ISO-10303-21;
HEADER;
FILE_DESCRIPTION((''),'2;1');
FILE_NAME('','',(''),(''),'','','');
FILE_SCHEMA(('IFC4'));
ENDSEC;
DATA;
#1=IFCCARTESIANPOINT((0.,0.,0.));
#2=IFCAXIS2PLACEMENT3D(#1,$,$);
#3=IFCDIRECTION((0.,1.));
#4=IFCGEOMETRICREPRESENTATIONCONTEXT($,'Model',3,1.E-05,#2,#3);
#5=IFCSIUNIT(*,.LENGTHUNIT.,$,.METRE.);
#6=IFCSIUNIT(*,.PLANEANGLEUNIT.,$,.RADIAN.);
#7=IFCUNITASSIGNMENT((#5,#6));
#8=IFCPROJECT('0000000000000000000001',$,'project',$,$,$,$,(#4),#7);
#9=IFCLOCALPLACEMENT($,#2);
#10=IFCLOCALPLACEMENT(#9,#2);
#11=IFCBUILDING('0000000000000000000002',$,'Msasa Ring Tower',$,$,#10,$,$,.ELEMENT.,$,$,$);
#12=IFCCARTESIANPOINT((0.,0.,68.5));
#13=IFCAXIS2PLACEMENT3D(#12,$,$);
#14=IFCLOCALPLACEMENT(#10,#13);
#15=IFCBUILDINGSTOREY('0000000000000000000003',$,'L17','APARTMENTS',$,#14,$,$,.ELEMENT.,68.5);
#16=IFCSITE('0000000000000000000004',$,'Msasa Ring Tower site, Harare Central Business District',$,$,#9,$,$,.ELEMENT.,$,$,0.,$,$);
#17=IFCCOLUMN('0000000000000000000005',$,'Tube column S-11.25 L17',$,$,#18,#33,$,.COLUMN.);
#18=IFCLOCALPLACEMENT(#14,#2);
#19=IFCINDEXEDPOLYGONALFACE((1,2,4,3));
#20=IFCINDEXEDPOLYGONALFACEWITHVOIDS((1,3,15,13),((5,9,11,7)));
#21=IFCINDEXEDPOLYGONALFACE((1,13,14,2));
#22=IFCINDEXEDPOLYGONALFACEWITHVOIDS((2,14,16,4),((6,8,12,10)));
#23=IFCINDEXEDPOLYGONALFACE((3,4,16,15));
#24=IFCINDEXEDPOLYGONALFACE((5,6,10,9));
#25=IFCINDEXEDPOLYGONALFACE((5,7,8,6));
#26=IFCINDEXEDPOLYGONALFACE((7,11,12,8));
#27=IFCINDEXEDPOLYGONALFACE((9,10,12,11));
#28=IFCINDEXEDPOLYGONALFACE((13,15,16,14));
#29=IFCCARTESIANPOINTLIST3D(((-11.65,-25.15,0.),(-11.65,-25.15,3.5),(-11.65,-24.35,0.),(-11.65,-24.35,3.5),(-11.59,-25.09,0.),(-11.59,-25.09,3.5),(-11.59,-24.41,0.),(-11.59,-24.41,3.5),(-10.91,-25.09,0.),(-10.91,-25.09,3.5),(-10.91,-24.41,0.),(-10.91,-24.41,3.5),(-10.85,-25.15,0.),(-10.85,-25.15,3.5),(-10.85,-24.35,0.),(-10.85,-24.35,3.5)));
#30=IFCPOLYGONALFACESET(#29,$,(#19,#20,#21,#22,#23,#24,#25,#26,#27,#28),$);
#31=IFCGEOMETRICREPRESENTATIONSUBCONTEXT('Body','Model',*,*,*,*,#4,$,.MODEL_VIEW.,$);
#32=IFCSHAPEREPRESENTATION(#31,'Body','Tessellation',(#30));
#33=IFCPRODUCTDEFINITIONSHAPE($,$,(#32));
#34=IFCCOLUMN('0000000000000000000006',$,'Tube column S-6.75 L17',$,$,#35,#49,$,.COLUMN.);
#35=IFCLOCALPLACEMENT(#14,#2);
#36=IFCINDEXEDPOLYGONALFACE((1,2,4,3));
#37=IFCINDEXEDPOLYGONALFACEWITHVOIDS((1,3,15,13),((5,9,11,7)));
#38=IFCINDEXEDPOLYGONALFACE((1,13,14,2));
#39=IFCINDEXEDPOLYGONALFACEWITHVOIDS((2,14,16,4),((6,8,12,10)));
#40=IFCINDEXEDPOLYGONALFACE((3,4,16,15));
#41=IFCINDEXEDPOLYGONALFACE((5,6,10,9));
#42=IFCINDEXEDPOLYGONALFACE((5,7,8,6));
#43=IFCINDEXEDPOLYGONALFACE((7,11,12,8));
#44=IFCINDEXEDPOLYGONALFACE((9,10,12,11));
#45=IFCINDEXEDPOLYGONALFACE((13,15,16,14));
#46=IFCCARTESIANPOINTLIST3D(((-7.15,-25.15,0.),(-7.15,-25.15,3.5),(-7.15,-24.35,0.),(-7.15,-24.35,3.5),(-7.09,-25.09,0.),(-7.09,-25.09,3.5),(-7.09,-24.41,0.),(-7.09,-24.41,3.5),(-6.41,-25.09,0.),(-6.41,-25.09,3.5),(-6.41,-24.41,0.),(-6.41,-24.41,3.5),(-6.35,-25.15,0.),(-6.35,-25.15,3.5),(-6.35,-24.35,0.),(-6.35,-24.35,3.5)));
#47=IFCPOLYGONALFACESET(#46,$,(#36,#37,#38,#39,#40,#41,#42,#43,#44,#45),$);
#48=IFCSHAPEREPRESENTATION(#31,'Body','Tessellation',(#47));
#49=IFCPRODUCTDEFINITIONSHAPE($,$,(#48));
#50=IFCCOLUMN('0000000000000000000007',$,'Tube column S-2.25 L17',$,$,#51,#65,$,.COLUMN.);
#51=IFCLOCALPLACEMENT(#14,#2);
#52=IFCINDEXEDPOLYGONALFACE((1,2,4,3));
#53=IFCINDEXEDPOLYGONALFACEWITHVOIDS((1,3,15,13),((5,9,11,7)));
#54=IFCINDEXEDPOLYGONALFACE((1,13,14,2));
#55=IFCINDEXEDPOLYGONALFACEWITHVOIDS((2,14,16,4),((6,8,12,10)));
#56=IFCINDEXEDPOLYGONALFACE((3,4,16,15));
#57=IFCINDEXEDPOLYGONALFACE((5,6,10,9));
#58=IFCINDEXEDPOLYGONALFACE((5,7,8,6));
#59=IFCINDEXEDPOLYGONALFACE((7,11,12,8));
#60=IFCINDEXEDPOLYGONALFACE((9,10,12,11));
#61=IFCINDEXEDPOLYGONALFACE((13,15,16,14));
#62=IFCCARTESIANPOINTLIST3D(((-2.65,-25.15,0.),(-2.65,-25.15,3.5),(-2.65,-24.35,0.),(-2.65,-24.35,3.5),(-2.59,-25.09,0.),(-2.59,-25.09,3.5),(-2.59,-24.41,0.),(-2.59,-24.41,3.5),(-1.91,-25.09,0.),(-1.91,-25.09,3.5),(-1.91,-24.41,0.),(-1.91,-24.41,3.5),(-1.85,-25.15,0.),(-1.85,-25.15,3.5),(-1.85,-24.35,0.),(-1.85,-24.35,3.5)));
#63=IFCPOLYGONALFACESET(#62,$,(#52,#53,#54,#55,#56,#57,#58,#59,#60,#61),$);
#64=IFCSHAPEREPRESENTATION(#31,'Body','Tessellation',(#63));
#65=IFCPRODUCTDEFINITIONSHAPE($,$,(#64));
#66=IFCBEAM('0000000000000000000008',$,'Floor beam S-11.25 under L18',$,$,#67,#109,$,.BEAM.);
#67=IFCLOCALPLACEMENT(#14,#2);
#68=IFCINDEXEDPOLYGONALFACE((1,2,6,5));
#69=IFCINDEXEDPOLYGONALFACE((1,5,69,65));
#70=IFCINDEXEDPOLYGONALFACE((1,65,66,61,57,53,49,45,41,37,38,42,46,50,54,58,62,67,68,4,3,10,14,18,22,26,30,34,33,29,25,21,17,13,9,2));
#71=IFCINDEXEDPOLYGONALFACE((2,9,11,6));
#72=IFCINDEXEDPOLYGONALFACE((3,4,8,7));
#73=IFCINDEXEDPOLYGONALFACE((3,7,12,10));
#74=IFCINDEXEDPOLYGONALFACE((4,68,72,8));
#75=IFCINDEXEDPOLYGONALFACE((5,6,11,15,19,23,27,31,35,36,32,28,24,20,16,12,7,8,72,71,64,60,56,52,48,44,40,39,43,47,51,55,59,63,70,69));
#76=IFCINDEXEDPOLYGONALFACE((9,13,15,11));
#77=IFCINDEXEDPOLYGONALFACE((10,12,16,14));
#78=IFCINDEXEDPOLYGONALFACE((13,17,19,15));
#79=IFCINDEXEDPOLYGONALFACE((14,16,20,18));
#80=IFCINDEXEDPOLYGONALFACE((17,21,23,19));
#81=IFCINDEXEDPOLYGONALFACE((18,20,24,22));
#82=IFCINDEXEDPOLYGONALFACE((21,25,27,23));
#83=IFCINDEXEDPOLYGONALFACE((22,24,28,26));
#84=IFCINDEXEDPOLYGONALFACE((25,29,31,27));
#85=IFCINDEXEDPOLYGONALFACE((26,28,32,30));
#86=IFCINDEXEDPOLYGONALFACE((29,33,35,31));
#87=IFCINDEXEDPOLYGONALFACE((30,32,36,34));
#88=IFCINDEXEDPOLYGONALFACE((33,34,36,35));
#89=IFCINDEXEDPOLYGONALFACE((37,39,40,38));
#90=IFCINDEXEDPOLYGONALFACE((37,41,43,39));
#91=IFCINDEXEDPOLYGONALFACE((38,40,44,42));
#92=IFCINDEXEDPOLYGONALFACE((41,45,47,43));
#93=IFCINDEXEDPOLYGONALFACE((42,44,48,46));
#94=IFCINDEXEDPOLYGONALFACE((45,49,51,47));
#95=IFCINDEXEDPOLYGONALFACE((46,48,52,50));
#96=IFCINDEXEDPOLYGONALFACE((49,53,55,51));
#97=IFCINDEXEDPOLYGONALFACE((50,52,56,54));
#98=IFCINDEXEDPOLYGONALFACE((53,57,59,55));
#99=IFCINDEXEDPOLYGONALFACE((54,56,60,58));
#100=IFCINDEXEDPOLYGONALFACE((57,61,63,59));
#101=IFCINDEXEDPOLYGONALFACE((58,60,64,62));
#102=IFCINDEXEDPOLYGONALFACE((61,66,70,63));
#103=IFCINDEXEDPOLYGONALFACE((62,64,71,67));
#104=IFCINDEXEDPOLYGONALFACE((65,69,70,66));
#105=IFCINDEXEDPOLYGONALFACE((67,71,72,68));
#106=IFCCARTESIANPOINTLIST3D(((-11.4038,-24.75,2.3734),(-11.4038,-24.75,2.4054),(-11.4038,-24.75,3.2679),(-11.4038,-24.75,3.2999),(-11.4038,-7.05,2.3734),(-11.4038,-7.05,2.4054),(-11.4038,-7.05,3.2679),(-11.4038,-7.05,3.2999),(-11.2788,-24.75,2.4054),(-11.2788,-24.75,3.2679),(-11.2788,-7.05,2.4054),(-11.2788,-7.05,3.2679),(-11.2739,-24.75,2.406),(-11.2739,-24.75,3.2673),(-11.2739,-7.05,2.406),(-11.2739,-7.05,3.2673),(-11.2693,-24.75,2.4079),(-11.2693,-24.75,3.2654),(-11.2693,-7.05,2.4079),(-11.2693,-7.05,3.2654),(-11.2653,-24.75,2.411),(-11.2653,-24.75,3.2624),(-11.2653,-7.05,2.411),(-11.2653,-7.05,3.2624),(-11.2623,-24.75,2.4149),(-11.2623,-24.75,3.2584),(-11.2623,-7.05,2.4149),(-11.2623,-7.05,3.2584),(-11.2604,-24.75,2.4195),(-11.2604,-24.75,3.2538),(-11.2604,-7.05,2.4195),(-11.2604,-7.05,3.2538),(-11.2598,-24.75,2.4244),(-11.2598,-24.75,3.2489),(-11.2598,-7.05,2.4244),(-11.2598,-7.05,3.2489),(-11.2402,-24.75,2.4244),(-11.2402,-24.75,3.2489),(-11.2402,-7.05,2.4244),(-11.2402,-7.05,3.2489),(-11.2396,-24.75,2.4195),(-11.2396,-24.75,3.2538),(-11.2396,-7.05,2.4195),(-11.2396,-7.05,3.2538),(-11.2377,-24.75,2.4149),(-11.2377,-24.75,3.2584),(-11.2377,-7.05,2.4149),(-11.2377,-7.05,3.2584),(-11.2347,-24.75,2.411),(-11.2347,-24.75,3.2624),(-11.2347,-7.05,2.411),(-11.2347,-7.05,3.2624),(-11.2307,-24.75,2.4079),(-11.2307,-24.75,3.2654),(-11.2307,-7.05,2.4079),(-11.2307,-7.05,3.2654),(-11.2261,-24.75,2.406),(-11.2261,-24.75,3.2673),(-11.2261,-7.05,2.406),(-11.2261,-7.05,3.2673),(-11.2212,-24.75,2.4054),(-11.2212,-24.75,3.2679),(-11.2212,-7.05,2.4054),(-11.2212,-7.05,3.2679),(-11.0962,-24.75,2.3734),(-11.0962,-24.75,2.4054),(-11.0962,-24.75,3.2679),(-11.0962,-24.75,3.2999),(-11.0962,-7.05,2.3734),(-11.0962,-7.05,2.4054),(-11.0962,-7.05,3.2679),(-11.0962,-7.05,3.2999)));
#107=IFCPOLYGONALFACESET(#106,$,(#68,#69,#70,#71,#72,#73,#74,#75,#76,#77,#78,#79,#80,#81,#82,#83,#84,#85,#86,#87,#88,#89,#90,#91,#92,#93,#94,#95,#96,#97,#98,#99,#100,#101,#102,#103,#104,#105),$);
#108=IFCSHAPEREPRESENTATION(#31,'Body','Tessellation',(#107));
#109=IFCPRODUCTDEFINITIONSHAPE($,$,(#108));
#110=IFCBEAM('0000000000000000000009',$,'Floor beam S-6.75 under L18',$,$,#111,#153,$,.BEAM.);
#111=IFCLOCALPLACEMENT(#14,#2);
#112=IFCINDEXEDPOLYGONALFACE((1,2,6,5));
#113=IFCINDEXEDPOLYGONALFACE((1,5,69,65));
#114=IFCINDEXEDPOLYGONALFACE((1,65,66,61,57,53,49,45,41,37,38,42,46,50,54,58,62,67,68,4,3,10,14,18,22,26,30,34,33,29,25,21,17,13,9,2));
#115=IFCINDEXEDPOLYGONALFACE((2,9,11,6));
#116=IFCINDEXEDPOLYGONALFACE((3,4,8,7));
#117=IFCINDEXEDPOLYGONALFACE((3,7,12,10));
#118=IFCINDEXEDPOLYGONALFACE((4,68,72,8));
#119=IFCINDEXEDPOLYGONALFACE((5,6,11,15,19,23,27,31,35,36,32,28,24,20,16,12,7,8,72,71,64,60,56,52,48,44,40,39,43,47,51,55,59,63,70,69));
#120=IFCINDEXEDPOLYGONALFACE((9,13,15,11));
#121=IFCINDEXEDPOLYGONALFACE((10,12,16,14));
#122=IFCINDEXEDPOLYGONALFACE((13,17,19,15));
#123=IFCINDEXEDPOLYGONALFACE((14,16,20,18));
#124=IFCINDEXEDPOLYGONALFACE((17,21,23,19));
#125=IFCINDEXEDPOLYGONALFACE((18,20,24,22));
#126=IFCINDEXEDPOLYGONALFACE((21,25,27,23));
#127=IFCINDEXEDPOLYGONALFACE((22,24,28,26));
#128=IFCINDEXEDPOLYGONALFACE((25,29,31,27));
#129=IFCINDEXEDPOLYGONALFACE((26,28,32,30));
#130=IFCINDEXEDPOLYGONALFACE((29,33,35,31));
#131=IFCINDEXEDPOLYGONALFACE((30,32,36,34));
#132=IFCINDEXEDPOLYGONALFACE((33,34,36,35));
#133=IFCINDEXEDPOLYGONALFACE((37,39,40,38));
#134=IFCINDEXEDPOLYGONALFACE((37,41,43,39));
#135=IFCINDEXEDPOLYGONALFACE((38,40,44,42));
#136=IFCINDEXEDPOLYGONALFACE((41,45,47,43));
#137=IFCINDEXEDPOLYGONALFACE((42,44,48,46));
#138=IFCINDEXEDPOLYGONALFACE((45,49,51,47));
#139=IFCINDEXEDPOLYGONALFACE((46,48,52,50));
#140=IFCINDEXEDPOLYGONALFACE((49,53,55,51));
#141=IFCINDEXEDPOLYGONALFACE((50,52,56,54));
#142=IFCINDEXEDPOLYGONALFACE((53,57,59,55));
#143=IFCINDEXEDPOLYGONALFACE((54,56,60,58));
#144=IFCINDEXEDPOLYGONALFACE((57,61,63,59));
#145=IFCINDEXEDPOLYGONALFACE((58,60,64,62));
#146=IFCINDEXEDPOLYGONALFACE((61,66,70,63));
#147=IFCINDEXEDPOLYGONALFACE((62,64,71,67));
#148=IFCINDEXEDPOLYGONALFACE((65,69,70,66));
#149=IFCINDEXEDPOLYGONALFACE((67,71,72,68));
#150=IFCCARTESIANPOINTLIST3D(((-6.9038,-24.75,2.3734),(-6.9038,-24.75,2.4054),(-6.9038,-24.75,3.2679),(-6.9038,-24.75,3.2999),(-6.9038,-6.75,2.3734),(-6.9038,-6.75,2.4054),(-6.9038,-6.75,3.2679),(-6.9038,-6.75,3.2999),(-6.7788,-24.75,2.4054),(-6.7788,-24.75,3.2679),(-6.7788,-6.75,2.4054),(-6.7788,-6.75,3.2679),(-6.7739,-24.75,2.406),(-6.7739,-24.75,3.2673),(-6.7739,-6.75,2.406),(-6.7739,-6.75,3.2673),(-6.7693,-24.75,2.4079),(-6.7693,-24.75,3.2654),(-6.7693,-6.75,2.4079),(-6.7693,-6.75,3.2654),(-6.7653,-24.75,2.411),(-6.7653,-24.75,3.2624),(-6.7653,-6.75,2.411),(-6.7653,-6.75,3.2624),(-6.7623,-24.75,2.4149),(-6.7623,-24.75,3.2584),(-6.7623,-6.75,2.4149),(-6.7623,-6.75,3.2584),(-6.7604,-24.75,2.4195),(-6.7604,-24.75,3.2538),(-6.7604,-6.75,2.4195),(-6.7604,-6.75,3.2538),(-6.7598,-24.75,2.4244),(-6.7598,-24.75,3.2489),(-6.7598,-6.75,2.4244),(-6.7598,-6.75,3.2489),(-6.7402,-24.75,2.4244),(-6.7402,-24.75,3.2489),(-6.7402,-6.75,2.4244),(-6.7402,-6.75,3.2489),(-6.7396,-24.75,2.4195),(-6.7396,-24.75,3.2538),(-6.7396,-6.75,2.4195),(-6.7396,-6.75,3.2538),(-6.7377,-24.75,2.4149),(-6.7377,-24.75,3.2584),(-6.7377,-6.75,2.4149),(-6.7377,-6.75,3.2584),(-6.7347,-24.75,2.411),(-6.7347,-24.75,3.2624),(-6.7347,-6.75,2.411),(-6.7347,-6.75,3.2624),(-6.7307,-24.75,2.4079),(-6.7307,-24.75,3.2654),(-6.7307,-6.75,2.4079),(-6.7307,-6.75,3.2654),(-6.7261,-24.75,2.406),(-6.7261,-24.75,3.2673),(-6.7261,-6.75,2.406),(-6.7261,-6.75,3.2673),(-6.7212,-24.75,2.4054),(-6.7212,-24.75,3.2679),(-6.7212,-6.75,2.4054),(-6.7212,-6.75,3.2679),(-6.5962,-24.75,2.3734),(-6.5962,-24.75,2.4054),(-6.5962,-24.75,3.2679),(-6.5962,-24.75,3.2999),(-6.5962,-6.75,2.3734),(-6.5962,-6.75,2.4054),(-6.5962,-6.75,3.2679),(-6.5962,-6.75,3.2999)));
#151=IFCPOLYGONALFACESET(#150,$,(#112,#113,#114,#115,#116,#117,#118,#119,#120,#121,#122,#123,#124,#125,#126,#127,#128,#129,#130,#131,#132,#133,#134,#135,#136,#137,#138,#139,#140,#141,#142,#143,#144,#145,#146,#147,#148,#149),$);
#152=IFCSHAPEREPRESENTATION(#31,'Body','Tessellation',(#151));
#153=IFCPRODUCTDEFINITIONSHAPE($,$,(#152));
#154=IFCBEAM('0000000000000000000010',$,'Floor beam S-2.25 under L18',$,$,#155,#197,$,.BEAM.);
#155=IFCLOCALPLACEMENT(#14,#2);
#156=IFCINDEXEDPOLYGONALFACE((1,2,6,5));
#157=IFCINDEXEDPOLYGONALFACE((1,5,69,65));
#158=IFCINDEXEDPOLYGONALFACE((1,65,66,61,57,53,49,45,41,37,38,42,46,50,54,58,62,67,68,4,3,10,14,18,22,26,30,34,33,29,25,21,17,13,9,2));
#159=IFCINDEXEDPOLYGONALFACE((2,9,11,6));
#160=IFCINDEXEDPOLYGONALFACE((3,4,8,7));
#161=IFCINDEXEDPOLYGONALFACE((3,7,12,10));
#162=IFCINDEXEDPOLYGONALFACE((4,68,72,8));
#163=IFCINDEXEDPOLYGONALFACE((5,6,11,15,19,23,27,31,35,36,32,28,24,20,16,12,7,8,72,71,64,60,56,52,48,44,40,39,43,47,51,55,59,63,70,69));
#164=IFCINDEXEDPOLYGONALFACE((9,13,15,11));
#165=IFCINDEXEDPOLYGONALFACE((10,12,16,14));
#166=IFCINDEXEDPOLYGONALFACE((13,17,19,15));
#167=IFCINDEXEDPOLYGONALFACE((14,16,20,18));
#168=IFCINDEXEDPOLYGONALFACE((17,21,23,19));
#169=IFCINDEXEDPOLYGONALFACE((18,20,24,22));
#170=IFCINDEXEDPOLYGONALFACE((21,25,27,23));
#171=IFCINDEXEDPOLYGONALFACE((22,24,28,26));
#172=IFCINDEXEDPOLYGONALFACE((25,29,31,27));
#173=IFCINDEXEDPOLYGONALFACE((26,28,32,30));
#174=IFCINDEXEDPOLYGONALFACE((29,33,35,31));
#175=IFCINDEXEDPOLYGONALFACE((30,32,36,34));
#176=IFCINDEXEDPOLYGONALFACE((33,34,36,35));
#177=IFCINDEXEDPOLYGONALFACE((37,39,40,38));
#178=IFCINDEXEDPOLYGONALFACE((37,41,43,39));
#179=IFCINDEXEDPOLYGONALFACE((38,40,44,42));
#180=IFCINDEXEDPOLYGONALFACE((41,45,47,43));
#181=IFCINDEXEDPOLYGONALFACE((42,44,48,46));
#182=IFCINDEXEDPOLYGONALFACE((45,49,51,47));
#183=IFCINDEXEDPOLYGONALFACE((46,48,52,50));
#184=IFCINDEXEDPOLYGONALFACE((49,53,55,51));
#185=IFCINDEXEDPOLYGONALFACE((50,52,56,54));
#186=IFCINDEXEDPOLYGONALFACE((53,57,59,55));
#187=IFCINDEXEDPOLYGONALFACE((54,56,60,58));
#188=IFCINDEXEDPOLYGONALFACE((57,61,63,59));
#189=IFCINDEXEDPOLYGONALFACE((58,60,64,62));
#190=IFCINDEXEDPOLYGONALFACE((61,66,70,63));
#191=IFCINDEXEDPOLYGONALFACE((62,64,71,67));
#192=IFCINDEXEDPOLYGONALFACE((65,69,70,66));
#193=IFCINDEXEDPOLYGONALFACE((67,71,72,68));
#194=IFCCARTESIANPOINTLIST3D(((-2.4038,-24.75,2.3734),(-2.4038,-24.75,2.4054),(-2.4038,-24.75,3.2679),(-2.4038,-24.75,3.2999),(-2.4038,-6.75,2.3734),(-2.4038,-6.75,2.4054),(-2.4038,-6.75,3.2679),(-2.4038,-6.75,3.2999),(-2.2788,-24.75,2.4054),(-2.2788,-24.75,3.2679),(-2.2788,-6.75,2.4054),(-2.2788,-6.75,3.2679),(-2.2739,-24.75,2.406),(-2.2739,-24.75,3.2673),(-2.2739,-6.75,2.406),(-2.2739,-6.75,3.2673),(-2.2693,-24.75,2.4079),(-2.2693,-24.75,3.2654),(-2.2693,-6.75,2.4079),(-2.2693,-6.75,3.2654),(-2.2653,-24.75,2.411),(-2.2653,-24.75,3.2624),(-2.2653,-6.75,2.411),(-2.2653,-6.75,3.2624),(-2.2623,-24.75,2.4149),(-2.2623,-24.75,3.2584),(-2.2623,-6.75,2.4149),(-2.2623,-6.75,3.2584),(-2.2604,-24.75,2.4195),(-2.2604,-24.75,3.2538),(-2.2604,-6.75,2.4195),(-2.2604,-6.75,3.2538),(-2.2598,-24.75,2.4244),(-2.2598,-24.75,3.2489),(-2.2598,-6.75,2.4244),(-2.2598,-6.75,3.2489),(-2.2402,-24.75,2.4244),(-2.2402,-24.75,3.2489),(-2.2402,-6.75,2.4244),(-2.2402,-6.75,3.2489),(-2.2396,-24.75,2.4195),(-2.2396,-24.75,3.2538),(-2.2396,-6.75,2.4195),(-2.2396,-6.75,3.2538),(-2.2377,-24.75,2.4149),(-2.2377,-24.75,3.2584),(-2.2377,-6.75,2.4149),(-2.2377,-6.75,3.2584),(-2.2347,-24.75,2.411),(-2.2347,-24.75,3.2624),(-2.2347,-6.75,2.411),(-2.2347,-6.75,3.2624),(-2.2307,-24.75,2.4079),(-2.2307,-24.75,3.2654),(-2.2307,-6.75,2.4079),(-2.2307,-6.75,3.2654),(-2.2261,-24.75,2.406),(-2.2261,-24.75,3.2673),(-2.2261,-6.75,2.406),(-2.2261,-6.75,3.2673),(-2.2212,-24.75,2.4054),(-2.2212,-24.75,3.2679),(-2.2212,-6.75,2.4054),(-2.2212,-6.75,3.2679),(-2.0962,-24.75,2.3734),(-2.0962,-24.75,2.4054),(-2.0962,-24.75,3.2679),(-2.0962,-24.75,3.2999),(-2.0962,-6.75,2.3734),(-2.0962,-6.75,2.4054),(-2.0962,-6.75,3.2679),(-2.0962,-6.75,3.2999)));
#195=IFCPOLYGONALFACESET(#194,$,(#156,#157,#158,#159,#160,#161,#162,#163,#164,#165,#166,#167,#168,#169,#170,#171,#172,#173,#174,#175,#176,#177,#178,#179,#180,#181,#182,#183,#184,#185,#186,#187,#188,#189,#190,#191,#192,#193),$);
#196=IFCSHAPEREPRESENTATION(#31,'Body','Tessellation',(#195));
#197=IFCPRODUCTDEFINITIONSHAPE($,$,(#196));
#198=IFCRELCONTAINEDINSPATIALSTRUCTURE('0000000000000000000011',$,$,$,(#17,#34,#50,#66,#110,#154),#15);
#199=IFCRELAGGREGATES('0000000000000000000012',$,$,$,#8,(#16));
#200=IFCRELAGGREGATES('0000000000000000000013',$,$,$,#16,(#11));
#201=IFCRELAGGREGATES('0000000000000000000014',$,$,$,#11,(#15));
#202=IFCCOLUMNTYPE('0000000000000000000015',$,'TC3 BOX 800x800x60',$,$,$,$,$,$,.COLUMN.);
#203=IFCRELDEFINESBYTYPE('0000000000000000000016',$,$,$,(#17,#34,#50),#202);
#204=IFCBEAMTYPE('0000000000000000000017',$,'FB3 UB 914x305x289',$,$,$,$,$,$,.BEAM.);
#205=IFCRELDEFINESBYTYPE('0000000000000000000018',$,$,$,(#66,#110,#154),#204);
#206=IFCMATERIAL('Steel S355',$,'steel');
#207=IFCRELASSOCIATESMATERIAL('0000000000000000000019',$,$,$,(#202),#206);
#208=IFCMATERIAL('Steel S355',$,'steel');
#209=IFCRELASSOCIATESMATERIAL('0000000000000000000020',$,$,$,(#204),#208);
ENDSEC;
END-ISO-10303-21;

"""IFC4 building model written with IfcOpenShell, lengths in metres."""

from ifc_helpers import new_model, si_unit, direction, frame, origin, origin_2d, place, context, subcontext, project, spatial, hollow_rectangle, i_section, extrude, material, material_profile, profile_set, type_object, element, save


model = new_model("IFC4")

# Units and contexts
model_context = context("Model", 3, precision=1e-05, world=origin(), true_north=direction((0.0, 1.0)))
body_context = subcontext(model_context, "Body", "Model", "MODEL_VIEW")
ifc_project = project(units=[si_unit("LENGTHUNIT", "METRE"), si_unit("PLANEANGLEUNIT", "RADIAN")], contexts=[model_context])

# Site, building, storey
site_placement = place(None, origin())
site = spatial("IfcSite", under=ifc_project, at=site_placement, Name="Msasa Ring Tower site, Harare Central Business District", CompositionType="ELEMENT", RefElevation=0.0)
building_placement = place(site_placement, origin())
building = spatial("IfcBuilding", under=site, at=building_placement, Name="Msasa Ring Tower", CompositionType="ELEMENT")
storey_placement = place(building_placement, frame((0.0, 0.0, 68.5)))
storey = spatial("IfcBuildingStorey", under=building, at=storey_placement, Name="L17", Description="APARTMENTS", CompositionType="ELEMENT", Elevation=68.5)

# Columns
ifc_material_1 = material(Name="Steel S355", Category="steel")
ifc_material_profile_1 = material_profile(ifc_material_1, hollow_rectangle(XDim=0.8, YDim=0.8, WallThickness=0.0601, at=origin_2d()), Name="BOX 800x800x60")
ifc_profile_set_1 = profile_set([ifc_material_profile_1], Name="Steel S355")
column_type = type_object("IfcColumnType", Name="TC3 BOX 800x800x60", PredefinedType="COLUMN", material=ifc_profile_set_1)
for number, where, z_axis, x_axis, name in (
    (1, (-11.25, -24.75, 0.0), (0.0, 0.0, 1.0), (0.0, 1.0, 0.0), "Tube column S-11.25 L17"),
    (2, (-6.75, -24.75, 0.0), (0.0, 0.0, 1.0), (0.0, 1.0, 0.0), "Tube column S-6.75 L17"),
    (3, (-2.25, -24.75, 0.0), (0.0, 0.0, 1.0), (0.0, 1.0, 0.0), "Tube column S-2.25 L17"),
):
    element("IfcColumn", number, at=place(storey_placement, frame(where, z_axis=z_axis, x_axis=x_axis)), inside=storey, type_object=column_type, Name=name, PredefinedType="COLUMN", context=body_context, shape_type="SweptSolid", body=[
        extrude(hollow_rectangle(XDim=0.8, YDim=0.8, WallThickness=0.0601, at=origin_2d()), origin(), (0.0, 0.0, 1.0), 3.5),
    ])

# Beams
ifc_material_2 = material(Name="Steel S355", Category="steel")
ifc_material_profile_2 = material_profile(ifc_material_2, i_section(OverallWidth=0.3076, OverallDepth=0.9265, WebThickness=0.0195, FlangeThickness=0.032, FilletRadius=0.019, at=origin_2d()), Name="UB 914x305x289")
ifc_profile_set_2 = profile_set([ifc_material_profile_2], Name="Steel S355")
beam_type_1 = type_object("IfcBeamType", Name="FB3 UB 914x305x289", PredefinedType="BEAM", material=ifc_profile_set_2)
beam_placement = place(storey_placement, frame((-11.25, -24.75, 2.8367), z_axis=(0.0, 1.0, 0.0), x_axis=(-1.0, 0.0, 0.0)))
element("IfcBeam", 4, at=beam_placement, inside=storey, type_object=beam_type_1, Name="Floor beam S-11.25 under L18", PredefinedType="BEAM", context=body_context, shape_type="SweptSolid", body=[
    extrude(i_section(OverallWidth=0.3076, OverallDepth=0.9265, WebThickness=0.0195, FlangeThickness=0.032, FilletRadius=0.019, at=origin_2d()), origin(), (0.0, 0.0, 1.0), 17.7),
])
for number, where, z_axis, x_axis, name in (
    (5, (-6.75, -24.75, 2.8367), (0.0, 1.0, 0.0), (-1.0, 0.0, 0.0), "Floor beam S-6.75 under L18"),
    (6, (-2.25, -24.75, 2.8367), (0.0, 1.0, 0.0), (-1.0, 0.0, 0.0), "Floor beam S-2.25 under L18"),
):
    element("IfcBeam", number, at=place(storey_placement, frame(where, z_axis=z_axis, x_axis=x_axis)), inside=storey, type_object=beam_type_1, Name=name, PredefinedType="BEAM", context=body_context, shape_type="SweptSolid", body=[
        extrude(i_section(OverallWidth=0.3076, OverallDepth=0.9265, WebThickness=0.0195, FlangeThickness=0.032, FilletRadius=0.019, at=origin_2d()), origin(), (0.0, 0.0, 1.0), 18.0),
    ])

save(model, "model.ifc")
